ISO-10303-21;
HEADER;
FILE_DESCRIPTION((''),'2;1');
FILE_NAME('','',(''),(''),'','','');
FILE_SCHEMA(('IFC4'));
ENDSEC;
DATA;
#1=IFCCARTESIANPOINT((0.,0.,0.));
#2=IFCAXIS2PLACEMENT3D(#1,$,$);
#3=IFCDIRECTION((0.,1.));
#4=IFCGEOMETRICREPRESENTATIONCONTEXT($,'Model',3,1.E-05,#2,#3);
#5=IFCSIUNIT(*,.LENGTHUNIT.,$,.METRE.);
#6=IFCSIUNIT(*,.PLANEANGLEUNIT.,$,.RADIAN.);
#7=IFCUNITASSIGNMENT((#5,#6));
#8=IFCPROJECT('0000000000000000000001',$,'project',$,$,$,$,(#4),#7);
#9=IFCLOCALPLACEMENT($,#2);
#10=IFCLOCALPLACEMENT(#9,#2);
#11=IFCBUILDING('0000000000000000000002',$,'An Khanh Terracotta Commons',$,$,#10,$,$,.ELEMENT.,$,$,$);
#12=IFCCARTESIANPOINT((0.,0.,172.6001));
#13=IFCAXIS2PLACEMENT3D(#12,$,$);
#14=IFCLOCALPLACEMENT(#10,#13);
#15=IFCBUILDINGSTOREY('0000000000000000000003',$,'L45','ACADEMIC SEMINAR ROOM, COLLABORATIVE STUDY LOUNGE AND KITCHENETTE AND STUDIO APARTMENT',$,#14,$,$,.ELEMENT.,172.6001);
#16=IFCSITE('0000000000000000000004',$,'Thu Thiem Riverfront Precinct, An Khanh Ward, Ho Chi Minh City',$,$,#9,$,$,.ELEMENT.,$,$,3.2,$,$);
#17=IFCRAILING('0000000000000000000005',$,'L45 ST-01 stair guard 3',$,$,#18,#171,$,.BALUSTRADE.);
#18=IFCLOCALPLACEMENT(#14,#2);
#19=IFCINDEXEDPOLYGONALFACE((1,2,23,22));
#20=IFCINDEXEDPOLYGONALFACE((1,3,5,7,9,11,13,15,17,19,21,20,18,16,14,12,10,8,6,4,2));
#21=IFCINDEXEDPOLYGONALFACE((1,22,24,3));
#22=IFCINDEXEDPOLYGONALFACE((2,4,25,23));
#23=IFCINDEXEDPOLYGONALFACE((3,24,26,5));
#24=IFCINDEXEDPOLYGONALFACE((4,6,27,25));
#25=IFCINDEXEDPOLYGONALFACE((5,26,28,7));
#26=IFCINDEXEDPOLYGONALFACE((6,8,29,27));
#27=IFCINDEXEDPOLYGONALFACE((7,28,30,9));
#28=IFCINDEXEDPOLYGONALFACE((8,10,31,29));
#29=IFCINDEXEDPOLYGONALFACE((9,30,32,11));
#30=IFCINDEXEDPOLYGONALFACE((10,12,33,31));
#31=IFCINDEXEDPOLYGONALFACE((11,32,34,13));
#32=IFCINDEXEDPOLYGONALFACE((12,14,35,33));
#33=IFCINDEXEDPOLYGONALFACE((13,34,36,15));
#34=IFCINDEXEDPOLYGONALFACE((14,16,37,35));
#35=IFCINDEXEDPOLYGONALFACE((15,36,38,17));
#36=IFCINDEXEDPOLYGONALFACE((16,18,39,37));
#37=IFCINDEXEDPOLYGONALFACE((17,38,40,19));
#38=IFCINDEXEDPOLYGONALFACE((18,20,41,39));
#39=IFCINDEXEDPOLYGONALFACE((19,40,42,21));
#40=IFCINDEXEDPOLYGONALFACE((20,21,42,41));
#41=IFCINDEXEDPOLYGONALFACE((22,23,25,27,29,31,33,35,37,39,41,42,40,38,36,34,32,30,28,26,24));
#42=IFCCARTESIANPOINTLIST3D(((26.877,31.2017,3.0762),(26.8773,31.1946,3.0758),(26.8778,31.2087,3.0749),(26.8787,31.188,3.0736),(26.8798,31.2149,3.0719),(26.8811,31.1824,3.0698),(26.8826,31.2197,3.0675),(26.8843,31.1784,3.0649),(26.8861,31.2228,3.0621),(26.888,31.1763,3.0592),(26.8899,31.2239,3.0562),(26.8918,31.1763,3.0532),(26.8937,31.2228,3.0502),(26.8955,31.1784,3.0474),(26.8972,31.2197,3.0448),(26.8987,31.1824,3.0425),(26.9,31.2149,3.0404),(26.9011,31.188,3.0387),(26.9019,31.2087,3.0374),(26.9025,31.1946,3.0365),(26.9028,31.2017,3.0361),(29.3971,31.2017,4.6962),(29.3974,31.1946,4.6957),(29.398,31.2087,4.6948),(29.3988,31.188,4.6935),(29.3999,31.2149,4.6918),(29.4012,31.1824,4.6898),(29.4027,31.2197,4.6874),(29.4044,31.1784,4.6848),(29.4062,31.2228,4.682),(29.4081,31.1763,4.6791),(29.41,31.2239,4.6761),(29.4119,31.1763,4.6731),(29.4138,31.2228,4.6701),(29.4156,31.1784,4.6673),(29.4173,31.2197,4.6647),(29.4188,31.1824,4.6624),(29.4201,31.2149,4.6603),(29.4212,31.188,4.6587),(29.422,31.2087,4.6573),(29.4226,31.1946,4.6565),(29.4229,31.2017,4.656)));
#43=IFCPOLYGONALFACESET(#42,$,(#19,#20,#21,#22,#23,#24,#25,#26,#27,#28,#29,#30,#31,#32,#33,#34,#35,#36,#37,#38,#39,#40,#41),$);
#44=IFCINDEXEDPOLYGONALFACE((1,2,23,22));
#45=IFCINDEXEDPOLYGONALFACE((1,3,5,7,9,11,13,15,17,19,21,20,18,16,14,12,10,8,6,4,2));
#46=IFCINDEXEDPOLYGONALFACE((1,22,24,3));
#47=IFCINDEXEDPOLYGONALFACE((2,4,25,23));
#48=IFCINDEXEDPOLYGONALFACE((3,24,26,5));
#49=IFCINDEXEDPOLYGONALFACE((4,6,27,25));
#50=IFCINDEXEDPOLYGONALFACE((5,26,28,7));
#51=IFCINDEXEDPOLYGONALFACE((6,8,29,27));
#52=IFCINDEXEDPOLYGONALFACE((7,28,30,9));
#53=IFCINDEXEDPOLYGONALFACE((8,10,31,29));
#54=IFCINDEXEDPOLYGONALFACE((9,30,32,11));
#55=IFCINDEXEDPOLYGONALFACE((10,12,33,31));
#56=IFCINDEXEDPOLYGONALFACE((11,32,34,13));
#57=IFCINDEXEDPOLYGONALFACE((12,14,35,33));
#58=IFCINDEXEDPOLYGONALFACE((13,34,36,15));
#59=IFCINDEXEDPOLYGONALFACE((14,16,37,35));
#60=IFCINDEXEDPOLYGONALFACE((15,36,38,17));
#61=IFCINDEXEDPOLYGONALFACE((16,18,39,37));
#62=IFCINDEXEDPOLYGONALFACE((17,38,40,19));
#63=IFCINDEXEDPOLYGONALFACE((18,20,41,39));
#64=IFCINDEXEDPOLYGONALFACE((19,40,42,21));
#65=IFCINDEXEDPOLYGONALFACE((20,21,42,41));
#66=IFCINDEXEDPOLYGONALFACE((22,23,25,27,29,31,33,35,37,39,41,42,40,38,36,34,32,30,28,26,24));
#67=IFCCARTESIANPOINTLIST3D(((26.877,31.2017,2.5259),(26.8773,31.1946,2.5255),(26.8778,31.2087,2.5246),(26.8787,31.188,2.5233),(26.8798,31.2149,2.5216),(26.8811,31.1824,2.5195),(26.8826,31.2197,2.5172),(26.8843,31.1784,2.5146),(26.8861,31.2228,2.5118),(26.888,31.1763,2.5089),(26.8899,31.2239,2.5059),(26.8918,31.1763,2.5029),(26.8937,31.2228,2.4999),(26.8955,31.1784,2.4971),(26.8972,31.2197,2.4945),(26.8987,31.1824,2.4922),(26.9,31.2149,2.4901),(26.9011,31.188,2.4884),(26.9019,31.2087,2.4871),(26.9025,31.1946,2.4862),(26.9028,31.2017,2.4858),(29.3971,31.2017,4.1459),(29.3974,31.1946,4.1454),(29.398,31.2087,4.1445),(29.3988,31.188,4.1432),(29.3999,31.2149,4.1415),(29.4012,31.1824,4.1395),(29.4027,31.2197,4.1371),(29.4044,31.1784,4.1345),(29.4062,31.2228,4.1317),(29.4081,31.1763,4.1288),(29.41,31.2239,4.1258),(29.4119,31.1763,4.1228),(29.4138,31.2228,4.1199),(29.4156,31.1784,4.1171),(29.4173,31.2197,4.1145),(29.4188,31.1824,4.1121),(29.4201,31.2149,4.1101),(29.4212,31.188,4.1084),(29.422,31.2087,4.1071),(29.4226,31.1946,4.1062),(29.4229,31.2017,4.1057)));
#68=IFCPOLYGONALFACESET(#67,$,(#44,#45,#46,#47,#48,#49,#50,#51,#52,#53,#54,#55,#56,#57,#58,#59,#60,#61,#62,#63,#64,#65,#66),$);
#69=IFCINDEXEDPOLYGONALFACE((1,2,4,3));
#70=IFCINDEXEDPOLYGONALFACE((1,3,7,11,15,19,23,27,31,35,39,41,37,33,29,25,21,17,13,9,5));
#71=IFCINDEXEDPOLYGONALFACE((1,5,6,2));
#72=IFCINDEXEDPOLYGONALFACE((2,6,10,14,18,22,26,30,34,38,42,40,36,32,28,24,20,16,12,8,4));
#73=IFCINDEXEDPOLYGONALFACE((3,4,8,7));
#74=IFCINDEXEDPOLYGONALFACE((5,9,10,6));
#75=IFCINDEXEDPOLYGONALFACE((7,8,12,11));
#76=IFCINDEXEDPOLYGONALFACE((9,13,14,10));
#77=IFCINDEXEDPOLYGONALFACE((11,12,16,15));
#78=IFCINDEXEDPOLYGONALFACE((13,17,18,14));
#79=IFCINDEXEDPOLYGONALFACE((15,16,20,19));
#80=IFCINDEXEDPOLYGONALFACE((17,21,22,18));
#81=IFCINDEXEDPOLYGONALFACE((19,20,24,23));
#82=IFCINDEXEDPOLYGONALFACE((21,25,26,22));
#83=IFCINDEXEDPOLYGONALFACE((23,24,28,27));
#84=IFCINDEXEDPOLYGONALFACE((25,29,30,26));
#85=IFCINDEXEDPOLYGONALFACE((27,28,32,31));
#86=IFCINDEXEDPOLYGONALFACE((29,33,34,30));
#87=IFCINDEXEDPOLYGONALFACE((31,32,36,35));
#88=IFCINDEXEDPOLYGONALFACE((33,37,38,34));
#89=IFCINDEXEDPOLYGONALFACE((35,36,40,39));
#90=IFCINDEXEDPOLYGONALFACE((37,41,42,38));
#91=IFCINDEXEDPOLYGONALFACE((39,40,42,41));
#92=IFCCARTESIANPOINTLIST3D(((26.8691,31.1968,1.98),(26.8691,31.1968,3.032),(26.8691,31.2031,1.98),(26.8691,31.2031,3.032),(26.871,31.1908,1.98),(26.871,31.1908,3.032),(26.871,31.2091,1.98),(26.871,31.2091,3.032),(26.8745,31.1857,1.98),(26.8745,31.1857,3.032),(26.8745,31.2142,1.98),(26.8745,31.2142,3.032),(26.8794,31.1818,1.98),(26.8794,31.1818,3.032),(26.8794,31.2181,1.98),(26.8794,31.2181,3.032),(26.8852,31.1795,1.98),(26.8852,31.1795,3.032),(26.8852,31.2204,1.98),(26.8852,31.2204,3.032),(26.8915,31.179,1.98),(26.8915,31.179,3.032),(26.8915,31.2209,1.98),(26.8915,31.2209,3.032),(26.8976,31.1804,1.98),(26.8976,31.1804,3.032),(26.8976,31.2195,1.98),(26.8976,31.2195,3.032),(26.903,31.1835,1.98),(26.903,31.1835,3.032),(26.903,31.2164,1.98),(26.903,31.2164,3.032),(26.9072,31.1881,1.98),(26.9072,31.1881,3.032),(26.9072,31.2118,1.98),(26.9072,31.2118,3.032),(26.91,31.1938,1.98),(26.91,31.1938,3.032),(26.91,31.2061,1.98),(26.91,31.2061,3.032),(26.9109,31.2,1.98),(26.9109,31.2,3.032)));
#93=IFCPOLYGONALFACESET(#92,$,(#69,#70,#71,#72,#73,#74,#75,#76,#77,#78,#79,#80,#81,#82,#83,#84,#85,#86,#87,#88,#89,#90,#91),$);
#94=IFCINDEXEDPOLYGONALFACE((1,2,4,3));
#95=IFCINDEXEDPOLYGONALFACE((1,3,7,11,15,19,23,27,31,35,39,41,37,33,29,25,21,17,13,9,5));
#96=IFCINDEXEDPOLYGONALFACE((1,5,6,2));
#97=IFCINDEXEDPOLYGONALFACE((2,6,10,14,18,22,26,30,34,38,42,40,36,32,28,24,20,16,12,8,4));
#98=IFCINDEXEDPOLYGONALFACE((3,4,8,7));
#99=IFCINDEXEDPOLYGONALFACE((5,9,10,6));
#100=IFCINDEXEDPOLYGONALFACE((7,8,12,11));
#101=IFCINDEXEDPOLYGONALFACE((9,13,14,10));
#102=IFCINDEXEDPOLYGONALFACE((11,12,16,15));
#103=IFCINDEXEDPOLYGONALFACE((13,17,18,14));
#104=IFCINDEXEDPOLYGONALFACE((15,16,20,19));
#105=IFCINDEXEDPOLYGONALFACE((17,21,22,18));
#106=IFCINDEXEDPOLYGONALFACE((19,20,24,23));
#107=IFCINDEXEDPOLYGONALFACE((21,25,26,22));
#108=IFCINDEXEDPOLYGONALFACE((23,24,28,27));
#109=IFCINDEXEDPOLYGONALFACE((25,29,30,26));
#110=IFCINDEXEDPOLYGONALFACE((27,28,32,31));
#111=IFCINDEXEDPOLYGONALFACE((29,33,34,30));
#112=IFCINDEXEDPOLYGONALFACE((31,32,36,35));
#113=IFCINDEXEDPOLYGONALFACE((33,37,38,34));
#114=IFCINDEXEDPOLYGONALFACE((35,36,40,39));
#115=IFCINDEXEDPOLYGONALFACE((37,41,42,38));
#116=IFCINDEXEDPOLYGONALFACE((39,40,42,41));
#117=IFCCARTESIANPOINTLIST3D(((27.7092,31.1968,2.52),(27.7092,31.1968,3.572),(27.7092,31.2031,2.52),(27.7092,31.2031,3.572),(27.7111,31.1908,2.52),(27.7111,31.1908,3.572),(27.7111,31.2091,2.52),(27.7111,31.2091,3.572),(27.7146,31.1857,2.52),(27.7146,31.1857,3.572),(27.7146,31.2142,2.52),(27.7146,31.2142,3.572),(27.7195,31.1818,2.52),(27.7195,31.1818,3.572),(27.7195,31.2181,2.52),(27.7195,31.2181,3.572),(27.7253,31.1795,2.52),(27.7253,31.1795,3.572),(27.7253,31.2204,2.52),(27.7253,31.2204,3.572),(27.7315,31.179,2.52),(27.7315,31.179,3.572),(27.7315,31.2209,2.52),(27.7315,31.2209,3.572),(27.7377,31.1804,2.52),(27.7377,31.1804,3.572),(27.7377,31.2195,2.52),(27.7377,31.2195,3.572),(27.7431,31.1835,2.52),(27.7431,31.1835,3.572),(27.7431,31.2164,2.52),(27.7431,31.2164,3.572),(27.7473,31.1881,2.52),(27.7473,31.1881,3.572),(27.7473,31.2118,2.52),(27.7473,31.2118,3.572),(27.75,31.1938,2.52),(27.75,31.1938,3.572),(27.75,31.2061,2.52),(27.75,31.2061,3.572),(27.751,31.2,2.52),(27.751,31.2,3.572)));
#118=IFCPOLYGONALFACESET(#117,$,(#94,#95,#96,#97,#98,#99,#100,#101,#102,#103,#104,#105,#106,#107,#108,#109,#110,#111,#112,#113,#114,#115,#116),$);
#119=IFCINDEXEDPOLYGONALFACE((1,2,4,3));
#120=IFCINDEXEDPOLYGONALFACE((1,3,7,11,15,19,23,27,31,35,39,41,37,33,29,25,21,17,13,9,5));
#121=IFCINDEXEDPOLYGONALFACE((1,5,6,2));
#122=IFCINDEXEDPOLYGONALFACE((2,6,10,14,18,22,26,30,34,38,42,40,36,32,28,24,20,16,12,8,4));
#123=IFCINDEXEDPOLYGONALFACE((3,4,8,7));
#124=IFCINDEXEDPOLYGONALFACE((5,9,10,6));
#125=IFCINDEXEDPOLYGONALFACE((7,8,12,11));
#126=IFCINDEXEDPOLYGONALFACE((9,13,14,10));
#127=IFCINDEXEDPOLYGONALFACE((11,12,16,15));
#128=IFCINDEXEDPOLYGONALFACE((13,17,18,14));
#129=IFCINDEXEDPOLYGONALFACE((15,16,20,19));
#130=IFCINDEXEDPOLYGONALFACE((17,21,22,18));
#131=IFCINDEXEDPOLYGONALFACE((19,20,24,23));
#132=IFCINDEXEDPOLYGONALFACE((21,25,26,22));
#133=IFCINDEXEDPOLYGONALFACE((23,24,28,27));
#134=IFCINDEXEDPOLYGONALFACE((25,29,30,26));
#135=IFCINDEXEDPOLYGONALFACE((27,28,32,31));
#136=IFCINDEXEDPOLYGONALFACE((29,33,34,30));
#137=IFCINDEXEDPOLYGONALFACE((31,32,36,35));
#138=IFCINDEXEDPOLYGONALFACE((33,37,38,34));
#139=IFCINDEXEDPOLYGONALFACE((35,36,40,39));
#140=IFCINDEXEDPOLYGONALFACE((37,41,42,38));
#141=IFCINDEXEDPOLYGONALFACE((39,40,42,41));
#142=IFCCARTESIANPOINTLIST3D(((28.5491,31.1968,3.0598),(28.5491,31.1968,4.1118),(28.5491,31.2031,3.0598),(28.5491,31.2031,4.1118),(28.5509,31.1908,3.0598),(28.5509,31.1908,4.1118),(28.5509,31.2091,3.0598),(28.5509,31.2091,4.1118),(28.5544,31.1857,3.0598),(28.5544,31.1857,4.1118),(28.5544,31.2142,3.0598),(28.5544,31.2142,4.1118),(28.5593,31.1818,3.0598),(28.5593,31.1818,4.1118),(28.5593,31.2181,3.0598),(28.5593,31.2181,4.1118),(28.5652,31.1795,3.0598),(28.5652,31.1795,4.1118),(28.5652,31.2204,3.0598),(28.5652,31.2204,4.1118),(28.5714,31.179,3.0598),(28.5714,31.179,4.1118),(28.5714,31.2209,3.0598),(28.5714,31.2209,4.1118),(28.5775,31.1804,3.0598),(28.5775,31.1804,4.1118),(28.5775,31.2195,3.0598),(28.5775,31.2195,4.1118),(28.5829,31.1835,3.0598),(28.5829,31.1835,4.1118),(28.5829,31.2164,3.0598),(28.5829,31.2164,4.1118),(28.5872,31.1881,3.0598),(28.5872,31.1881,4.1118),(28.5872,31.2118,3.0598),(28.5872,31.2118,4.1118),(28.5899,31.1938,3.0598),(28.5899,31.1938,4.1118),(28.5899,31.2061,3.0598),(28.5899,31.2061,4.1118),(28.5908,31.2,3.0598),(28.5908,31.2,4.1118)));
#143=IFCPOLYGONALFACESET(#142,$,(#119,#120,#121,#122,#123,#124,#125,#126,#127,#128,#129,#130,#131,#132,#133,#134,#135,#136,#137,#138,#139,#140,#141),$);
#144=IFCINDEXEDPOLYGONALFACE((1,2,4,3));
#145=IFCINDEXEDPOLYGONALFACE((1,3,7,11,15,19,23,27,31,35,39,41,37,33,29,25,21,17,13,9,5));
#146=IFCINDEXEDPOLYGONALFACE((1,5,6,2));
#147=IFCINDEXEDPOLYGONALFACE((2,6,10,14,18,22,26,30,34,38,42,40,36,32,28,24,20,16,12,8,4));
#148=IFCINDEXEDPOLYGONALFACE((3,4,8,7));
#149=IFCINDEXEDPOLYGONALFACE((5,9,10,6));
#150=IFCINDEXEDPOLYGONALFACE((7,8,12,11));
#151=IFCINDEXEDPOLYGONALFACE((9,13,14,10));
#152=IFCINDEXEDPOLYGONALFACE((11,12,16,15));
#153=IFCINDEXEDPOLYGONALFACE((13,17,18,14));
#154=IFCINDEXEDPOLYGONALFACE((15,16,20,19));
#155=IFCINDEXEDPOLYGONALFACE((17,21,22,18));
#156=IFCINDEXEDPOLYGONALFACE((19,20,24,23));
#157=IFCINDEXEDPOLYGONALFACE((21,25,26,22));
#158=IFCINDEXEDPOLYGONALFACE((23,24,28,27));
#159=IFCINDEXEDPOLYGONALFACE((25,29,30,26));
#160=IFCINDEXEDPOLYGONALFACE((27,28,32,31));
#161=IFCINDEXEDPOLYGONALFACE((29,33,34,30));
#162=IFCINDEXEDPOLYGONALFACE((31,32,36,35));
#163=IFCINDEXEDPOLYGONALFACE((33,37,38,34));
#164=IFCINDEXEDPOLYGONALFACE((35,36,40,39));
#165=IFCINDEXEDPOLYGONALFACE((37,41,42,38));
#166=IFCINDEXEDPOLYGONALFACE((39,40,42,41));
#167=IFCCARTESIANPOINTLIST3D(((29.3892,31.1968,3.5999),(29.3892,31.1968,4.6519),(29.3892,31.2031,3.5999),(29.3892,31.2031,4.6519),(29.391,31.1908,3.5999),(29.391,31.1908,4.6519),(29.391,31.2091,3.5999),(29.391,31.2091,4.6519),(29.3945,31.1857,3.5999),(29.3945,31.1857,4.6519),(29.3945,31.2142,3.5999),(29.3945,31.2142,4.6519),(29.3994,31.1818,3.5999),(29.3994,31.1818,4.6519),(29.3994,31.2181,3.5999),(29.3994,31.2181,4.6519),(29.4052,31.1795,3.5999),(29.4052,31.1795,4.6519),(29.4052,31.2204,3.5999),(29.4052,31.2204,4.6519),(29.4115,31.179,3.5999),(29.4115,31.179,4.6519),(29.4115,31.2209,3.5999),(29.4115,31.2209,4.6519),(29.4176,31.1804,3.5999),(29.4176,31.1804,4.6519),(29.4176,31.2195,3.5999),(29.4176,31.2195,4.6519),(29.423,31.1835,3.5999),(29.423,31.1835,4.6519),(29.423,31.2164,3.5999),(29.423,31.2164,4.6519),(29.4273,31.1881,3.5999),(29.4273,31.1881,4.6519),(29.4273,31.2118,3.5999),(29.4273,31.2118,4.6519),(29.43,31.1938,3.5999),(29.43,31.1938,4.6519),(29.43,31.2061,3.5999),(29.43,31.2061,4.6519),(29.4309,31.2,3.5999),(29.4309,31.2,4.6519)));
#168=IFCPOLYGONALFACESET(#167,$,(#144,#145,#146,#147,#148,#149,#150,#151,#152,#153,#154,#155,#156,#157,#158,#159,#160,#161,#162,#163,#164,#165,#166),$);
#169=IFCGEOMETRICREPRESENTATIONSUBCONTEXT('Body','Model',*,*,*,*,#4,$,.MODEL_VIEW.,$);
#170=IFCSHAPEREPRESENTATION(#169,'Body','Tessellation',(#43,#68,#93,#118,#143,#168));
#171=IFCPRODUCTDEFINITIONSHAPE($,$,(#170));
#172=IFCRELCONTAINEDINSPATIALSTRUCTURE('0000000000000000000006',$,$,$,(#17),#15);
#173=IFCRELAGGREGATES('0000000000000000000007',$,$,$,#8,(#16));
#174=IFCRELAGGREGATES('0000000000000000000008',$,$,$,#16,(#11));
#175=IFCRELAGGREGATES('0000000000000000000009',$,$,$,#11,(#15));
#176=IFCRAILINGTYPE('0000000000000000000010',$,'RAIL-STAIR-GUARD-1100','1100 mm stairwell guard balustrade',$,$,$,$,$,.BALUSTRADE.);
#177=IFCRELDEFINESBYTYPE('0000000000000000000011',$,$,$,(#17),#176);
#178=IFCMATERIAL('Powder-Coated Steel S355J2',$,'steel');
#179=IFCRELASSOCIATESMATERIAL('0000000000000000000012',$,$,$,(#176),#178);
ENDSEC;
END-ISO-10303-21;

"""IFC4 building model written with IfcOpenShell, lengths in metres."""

from ifc_helpers import new_model, si_unit, direction, frame, origin, origin_2d, place, context, subcontext, project, spatial, circle, extrude, material, type_object, element, save


model = new_model("IFC4")

# Units and contexts
model_context = context("Model", 3, precision=1e-05, world=origin(), true_north=direction((0.0, 1.0)))
body_context = subcontext(model_context, "Body", "Model", "MODEL_VIEW")
ifc_project = project(units=[si_unit("LENGTHUNIT", "METRE"), si_unit("PLANEANGLEUNIT", "RADIAN")], contexts=[model_context])

# Site, building, storey
site_placement = place(None, origin())
site = spatial("IfcSite", under=ifc_project, at=site_placement, Name="Thu Thiem Riverfront Precinct, An Khanh Ward, Ho Chi Minh City", CompositionType="ELEMENT", RefElevation=3.2)
building_placement = place(site_placement, origin())
building = spatial("IfcBuilding", under=site, at=building_placement, Name="An Khanh Terracotta Commons", CompositionType="ELEMENT")
storey_placement = place(building_placement, frame((0.0, 0.0, 172.6001)))
storey = spatial("IfcBuildingStorey", under=building, at=storey_placement, Name="L45", Description="ACADEMIC SEMINAR ROOM, COLLABORATIVE STUDY LOUNGE AND KITCHENETTE AND STUDIO APARTMENT", CompositionType="ELEMENT", Elevation=172.6001)

# Railing
ifc_material_1 = material(Name="Powder-Coated Steel S355J2", Category="steel")
railing_type_1 = type_object("IfcRailingType", Name="RAIL-STAIR-GUARD-1100", Description="1100 mm stairwell guard balustrade", PredefinedType="BALUSTRADE", material=ifc_material_1)
railing_1_placement = place(storey_placement, frame((26.8899, 31.2, 1.98)))
element("IfcRailing", 1, at=railing_1_placement, inside=storey, type_object=railing_type_1, Name="L45 ST-01 stair guard 3", PredefinedType="BALUSTRADE", context=body_context, shape_type="SweptSolid", body=[
    extrude(circle(Radius=0.0239, at=origin_2d()), frame((0.0, 0.0, 1.0762), z_axis=(0.8412, 0.0, 0.540725), x_axis=(0.0, 1.0, 0.0)), (0.0, 0.0, 1.0), 2.9958),
    extrude(circle(Radius=0.0239, at=origin_2d()), frame((0.0, 0.0, 0.5259), z_axis=(0.8412, 0.0, 0.540725), x_axis=(0.0, 1.0, 0.0)), (0.0, 0.0, 1.0), 2.9958),
    extrude(circle(Radius=0.021, at=origin_2d()), origin(), (0.0, 0.0, 1.0), 1.052),
    extrude(circle(Radius=0.021, at=origin_2d()), frame((0.8401, 0.0, 0.54)), (0.0, 0.0, 1.0), 1.052),
    extrude(circle(Radius=0.021, at=origin_2d()), frame((1.6799, 0.0, 1.0798)), (0.0, 0.0, 1.0), 1.052),
    extrude(circle(Radius=0.021, at=origin_2d()), frame((2.52, 0.0, 1.6199)), (0.0, 0.0, 1.0), 1.052),
])

save(model, "model.ifc")
